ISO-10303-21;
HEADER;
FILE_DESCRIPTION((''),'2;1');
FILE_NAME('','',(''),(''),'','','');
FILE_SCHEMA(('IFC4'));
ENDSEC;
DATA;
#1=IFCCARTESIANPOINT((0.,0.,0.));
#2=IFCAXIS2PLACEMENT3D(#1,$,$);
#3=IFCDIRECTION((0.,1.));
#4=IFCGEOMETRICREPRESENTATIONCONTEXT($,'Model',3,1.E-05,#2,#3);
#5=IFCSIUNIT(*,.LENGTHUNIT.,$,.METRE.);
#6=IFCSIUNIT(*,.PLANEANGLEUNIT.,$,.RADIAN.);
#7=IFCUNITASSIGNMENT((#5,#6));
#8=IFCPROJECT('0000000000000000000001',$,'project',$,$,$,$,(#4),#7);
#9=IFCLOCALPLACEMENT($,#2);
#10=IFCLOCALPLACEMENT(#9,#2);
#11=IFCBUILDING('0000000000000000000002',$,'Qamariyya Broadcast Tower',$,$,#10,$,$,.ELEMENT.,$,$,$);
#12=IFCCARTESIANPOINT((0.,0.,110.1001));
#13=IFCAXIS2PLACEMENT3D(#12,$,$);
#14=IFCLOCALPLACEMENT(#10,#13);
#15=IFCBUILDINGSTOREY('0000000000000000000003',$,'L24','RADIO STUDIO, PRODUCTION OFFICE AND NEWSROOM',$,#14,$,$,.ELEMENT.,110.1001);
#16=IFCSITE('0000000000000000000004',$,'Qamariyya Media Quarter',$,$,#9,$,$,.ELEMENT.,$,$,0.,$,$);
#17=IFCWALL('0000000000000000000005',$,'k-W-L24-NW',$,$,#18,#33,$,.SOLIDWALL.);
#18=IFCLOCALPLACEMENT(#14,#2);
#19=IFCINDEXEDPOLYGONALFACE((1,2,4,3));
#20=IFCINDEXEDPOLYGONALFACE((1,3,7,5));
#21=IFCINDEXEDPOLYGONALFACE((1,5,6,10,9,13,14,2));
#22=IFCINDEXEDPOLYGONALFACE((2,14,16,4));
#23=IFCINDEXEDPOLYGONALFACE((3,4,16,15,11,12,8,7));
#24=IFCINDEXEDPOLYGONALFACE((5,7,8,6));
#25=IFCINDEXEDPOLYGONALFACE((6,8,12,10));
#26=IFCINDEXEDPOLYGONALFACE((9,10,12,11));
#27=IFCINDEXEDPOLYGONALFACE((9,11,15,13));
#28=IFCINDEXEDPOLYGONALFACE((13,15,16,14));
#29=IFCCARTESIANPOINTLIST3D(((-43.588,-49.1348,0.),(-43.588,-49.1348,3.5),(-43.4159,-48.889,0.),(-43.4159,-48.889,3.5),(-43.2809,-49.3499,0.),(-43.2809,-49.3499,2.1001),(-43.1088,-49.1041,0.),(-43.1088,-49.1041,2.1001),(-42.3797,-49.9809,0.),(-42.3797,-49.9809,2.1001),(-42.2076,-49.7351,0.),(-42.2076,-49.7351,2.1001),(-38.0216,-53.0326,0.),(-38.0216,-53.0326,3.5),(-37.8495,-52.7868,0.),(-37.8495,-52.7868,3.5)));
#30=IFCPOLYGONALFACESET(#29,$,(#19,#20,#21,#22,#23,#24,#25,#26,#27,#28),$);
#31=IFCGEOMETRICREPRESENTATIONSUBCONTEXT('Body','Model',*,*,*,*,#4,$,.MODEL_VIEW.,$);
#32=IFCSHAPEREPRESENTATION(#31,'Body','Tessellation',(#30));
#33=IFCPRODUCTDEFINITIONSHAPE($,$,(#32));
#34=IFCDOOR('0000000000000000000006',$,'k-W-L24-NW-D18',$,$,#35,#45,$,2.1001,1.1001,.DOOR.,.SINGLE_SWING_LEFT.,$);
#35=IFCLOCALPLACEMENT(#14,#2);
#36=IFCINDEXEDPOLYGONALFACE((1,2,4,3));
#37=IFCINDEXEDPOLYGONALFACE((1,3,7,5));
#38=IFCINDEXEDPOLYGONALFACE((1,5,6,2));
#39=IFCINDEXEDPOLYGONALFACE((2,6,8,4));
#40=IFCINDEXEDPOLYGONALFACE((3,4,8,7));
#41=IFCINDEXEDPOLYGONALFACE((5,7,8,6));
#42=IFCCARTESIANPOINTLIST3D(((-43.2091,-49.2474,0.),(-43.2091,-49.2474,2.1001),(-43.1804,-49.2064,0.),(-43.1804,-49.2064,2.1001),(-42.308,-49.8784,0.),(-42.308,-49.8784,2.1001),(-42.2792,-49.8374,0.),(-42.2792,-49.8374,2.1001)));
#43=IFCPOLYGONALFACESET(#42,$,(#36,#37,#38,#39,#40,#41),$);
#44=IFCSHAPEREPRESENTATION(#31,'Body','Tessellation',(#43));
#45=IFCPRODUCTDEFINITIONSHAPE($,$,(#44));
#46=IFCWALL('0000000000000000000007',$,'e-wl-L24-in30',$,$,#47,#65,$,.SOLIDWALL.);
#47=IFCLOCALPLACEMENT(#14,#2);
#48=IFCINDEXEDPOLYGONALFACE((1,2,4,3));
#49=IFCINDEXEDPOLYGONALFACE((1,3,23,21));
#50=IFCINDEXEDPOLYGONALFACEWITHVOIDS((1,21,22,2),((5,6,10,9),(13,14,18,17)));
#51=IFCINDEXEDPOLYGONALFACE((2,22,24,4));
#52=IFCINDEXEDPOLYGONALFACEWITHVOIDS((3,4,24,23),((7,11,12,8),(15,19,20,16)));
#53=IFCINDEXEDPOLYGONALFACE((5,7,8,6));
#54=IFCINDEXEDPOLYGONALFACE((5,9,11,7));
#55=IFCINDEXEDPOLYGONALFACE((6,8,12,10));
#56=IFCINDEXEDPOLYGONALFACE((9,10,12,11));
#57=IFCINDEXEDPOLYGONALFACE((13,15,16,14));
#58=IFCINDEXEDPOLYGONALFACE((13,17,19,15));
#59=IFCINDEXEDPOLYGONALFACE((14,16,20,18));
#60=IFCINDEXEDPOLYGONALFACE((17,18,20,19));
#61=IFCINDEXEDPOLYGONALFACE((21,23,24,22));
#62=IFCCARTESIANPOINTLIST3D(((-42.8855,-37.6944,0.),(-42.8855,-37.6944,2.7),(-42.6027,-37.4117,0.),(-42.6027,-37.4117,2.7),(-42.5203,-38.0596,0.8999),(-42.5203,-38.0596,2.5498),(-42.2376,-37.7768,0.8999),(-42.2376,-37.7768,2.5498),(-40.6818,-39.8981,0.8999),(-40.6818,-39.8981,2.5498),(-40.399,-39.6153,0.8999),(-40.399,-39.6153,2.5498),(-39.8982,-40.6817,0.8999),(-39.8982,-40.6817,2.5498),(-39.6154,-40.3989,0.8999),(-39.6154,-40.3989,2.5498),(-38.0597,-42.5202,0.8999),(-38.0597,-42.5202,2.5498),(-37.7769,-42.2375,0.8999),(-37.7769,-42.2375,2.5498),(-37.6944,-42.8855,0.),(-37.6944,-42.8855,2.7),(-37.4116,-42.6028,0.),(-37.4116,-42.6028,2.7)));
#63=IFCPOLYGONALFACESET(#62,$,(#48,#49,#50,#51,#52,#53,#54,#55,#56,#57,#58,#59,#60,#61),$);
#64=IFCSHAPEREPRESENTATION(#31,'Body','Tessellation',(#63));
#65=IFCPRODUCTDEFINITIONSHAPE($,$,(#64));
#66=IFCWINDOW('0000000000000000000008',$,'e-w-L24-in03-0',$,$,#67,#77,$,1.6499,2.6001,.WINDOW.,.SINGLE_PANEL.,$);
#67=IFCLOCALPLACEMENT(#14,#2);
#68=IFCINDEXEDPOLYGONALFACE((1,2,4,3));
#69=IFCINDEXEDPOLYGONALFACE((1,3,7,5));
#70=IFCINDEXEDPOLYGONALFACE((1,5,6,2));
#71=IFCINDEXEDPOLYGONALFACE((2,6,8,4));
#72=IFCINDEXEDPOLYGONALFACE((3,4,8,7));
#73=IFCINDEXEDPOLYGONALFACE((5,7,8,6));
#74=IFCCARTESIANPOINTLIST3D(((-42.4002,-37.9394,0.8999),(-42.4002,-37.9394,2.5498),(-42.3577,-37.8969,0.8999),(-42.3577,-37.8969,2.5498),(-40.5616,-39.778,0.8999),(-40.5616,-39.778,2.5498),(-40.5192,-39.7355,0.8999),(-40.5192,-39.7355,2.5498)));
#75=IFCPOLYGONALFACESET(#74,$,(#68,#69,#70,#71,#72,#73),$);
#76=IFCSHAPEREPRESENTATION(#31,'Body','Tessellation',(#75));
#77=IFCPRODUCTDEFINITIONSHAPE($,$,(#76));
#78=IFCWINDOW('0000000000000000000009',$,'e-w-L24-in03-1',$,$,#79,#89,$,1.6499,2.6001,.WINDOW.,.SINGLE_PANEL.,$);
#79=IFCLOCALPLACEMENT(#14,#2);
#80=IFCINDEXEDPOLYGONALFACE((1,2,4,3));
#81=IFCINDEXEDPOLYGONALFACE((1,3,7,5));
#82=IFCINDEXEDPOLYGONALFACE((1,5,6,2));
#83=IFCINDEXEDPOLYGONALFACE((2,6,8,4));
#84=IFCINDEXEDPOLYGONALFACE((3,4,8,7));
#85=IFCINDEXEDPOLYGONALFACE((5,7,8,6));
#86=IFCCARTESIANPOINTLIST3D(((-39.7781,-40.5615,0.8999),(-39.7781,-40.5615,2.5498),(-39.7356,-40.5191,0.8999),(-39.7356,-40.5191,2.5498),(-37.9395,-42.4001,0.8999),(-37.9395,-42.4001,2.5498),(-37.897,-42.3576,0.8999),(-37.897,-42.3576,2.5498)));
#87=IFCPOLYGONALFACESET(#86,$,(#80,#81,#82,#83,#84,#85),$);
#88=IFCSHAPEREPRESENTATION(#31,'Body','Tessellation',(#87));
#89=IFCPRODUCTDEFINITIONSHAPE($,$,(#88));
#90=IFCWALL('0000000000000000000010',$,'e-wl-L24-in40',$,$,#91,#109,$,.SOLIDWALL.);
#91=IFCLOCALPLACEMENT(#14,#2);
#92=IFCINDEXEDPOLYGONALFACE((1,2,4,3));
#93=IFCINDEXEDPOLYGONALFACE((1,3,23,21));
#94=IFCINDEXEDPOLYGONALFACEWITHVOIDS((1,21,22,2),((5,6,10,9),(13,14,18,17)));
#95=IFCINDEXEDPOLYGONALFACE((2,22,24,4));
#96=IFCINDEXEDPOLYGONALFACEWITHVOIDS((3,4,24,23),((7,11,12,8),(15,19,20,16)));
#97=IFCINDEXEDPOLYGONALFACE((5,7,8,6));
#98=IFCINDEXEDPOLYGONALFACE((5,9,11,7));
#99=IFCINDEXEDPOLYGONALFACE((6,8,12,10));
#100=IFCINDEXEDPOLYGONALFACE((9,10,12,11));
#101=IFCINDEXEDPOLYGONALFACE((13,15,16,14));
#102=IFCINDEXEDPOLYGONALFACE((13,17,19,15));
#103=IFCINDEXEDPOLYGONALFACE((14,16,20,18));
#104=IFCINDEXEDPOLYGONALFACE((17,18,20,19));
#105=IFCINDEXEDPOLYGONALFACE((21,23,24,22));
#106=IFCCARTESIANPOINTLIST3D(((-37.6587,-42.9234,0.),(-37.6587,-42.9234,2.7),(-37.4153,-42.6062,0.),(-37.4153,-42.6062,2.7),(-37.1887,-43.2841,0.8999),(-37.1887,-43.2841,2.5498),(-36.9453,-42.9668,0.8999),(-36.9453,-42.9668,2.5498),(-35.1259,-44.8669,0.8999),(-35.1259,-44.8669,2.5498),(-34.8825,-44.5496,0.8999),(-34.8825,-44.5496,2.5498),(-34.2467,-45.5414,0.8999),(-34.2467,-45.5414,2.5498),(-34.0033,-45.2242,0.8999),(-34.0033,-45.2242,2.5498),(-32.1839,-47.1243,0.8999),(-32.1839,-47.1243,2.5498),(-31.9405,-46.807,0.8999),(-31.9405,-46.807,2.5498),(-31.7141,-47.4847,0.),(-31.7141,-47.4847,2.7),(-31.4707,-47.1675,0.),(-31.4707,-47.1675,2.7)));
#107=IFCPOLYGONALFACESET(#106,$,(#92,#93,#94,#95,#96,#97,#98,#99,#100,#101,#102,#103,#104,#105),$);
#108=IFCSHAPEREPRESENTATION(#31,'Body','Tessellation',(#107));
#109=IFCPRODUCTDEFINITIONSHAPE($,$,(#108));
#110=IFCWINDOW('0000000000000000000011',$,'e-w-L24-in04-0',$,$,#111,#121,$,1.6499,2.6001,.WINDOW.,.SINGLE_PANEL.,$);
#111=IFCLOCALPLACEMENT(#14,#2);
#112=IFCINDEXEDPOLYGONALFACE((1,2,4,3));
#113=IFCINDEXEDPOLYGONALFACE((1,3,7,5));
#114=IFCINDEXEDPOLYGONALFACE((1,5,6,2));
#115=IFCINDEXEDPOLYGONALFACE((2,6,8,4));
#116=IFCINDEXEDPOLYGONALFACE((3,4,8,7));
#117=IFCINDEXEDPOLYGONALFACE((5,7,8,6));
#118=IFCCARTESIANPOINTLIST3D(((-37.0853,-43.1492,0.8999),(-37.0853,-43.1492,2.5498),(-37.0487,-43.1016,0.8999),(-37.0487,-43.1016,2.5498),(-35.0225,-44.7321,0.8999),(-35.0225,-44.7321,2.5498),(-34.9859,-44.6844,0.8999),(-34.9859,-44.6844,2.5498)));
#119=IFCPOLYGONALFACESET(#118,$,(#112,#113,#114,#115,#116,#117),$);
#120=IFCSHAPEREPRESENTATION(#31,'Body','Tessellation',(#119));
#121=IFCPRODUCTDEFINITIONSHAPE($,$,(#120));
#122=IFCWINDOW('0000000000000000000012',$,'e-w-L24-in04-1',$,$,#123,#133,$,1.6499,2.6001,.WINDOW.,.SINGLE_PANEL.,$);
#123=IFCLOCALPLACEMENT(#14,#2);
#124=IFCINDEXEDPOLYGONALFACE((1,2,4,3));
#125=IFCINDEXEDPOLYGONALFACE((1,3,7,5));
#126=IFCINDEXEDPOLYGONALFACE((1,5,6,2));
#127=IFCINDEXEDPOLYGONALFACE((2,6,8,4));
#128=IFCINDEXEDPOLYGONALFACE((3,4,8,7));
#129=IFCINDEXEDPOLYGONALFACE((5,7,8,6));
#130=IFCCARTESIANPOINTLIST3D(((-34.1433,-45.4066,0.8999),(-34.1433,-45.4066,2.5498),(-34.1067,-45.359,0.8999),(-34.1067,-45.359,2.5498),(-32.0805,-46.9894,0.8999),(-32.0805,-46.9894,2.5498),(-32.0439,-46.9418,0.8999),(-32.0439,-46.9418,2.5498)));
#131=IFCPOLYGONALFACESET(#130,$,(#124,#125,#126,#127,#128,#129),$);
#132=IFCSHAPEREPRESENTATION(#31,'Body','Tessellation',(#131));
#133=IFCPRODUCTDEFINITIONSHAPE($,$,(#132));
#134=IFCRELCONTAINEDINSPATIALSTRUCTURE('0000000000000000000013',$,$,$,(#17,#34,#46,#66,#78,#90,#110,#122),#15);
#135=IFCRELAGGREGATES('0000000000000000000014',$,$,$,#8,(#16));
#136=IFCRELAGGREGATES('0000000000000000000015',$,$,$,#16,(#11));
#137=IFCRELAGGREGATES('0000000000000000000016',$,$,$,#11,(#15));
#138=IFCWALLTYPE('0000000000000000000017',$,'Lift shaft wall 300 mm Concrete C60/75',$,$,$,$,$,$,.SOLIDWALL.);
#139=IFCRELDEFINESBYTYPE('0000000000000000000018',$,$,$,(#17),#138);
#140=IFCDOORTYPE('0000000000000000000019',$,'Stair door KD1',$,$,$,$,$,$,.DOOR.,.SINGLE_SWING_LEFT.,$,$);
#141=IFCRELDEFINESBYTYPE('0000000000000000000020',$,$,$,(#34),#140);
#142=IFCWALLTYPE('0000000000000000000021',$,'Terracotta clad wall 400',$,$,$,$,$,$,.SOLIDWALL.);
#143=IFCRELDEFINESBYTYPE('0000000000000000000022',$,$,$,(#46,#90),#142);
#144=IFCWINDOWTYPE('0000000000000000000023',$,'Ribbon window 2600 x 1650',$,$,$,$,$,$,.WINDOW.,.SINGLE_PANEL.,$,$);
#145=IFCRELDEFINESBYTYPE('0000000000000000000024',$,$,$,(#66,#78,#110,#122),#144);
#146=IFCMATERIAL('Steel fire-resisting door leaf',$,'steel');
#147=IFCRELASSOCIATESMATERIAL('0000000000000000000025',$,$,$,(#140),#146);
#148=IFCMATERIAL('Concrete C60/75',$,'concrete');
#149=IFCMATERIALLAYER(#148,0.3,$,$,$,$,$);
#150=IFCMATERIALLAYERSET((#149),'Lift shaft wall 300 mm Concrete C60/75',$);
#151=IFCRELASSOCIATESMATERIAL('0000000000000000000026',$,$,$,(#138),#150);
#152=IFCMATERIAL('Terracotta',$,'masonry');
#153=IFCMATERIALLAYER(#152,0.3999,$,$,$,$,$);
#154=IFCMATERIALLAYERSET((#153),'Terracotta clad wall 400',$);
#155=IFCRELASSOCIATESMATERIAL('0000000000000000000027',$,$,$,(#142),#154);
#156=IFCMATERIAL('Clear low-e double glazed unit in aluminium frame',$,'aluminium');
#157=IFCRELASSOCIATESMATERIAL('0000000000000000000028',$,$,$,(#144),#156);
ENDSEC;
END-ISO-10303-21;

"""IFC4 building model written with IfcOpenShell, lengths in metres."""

from ifc_helpers import new_model, si_unit, direction, frame, frame_2d, origin, place, context, subcontext, project, spatial, rectangle, extrude, material, layer, layer_set, type_object, element, fill, save


model = new_model("IFC4")

# Units and contexts
model_context = context("Model", 3, precision=1e-05, world=origin(), true_north=direction((0.0, 1.0)))
body_context = subcontext(model_context, "Body", "Model", "MODEL_VIEW")
ifc_project = project(units=[si_unit("LENGTHUNIT", "METRE"), si_unit("PLANEANGLEUNIT", "RADIAN")], contexts=[model_context])

# Site, building, storey
site_placement = place(None, origin())
site = spatial("IfcSite", under=ifc_project, at=site_placement, Name="Qamariyya Media Quarter", CompositionType="ELEMENT", RefElevation=0.0)
building_placement = place(site_placement, origin())
building = spatial("IfcBuilding", under=site, at=building_placement, Name="Qamariyya Broadcast Tower", CompositionType="ELEMENT")
storey_placement = place(building_placement, frame((0.0, 0.0, 110.1001)))
storey = spatial("IfcBuildingStorey", under=building, at=storey_placement, Name="L24", Description="RADIO STUDIO, PRODUCTION OFFICE AND NEWSROOM", CompositionType="ELEMENT", Elevation=110.1001)

# Shared definitions
ifc_material_1 = material(Name="Steel fire-resisting door leaf", Category="steel")
door_type_1 = type_object("IfcDoorType", Name="Stair door KD1", OperationType="SINGLE_SWING_LEFT", PredefinedType="DOOR", material=ifc_material_1)

# Wall, opening, door
ifc_material_2 = material(Name="Concrete C60/75", Category="concrete")
ifc_layer_1 = layer(ifc_material_2, 0.3)
ifc_layer_set_1 = layer_set([ifc_layer_1], Name="Lift shaft wall 300 mm Concrete C60/75")
wall_type_1 = type_object("IfcWallType", Name="Lift shaft wall 300 mm Concrete C60/75", PredefinedType="SOLIDWALL", material=ifc_layer_set_1)
wall_1_placement = place(storey_placement, frame((-37.9355, -52.9097, 0.0), z_axis=(0.0, 0.0, 1.0), x_axis=(-0.819148, 0.573583, 0.0)))
wall_1 = element("IfcWall", 1, at=wall_1_placement, inside=storey, type_object=wall_type_1, Name="k-W-L24-NW", PredefinedType="SOLIDWALL", context=body_context, shape_type="SweptSolid", body=[
    extrude(rectangle(XDim=6.7954, YDim=0.3, at=frame_2d((3.3977, 0.0))), origin(), (0.0, 0.0, 1.0), 3.5),
])
opening_1_placement = place(wall_1_placement, frame((5.3203, 0.0, 0.0)))
opening_1 = element("IfcOpeningElement", 2, at=opening_1_placement, cuts=wall_1, PredefinedType="OPENING", context=body_context, shape_type="SweptSolid", body=[
    extrude(rectangle(XDim=1.1001, YDim=2.1001, at=frame_2d((0.55, 1.05))), frame((0.0, 0.1599, 0.0), z_axis=(0.0, -1.0, 0.0), x_axis=(1.0, 0.0, 0.0)), (0.0, 0.0, 1.0), 0.3201),
])
door_1_placement = place(opening_1_placement, origin())
door_1 = element("IfcDoor", 3, at=door_1_placement, inside=storey, type_object=door_type_1, Name="k-W-L24-NW-D18", OperationType="SINGLE_SWING_LEFT", OverallHeight=2.1001, OverallWidth=1.1001, PredefinedType="DOOR", context=body_context, shape_type="SweptSolid", body=[
    extrude(rectangle(XDim=1.1001, YDim=2.1001, at=frame_2d((0.55, 1.05))), frame((0.0, 0.0249, 0.0), z_axis=(0.0, -1.0, 0.0), x_axis=(1.0, 0.0, 0.0)), (0.0, 0.0, 1.0), 0.05),
])
fill(opening_1, door_1)

# Walls, openings, windows
ifc_material_3 = material(Name="Terracotta", Category="masonry")
ifc_layer_2 = layer(ifc_material_3, 0.3999)
ifc_layer_set_2 = layer_set([ifc_layer_2], Name="Terracotta clad wall 400")
wall_type_2 = type_object("IfcWallType", Name="Terracotta clad wall 400", PredefinedType="SOLIDWALL", material=ifc_layer_set_2)
wall_2_placement = place(storey_placement, frame((-37.553, -42.7441, 0.0), z_axis=(0.0, 0.0, 1.0), x_axis=(-0.707107, 0.707107, 0.0)))
wall_2 = element("IfcWall", 4, at=wall_2_placement, inside=storey, type_object=wall_type_2, Name="e-wl-L24-in30", PredefinedType="SOLIDWALL", context=body_context, shape_type="SweptSolid", body=[
    extrude(rectangle(XDim=7.3413, YDim=0.3999, at=frame_2d((3.6707, 0.0))), origin(), (0.0, 0.0, 1.0), 2.7),
])
opening_2_placement = place(wall_2_placement, frame((4.2249, 0.0, 0.8999)))
opening_2 = element("IfcOpeningElement", 5, at=opening_2_placement, cuts=wall_2, PredefinedType="OPENING", context=body_context, shape_type="SweptSolid", body=[
    extrude(rectangle(XDim=2.6001, YDim=1.6499, at=frame_2d((1.3, 0.825))), frame((0.0, 0.21, 0.0), z_axis=(0.0, -1.0, 0.0), x_axis=(1.0, 0.0, 0.0)), (0.0, 0.0, 1.0), 0.4199),
])
opening_3_placement = place(wall_2_placement, frame((0.5166, 0.0, 0.8999)))
opening_3 = element("IfcOpeningElement", 6, at=opening_3_placement, cuts=wall_2, PredefinedType="OPENING", context=body_context, shape_type="SweptSolid", body=[
    extrude(rectangle(XDim=2.6001, YDim=1.6499, at=frame_2d((1.3, 0.825))), frame((0.0, 0.21, 0.0), z_axis=(0.0, -1.0, 0.0), x_axis=(1.0, 0.0, 0.0)), (0.0, 0.0, 1.0), 0.4199),
])
ifc_material_4 = material(Name="Clear low-e double glazed unit in aluminium frame", Category="aluminium")
window_type = type_object("IfcWindowType", Name="Ribbon window 2600 x 1650", PartitioningType="SINGLE_PANEL", PredefinedType="WINDOW", material=ifc_material_4)
window_1_placement = place(opening_2_placement, origin())
window_1 = element("IfcWindow", 7, at=window_1_placement, inside=storey, type_object=window_type, Name="e-w-L24-in03-0", OverallHeight=1.6499, OverallWidth=2.6001, PartitioningType="SINGLE_PANEL", PredefinedType="WINDOW", context=body_context, shape_type="SweptSolid", body=[
    extrude(rectangle(XDim=2.6001, YDim=1.6499, at=frame_2d((1.3, 0.825))), frame((0.0, 0.03, 0.0), z_axis=(0.0, -1.0, 0.0), x_axis=(1.0, 0.0, 0.0)), (0.0, 0.0, 1.0), 0.0601),
])
fill(opening_2, window_1)
window_2_placement = place(opening_3_placement, origin())
window_2 = element("IfcWindow", 8, at=window_2_placement, inside=storey, type_object=window_type, Name="e-w-L24-in03-1", OverallHeight=1.6499, OverallWidth=2.6001, PartitioningType="SINGLE_PANEL", PredefinedType="WINDOW", context=body_context, shape_type="SweptSolid", body=[
    extrude(rectangle(XDim=2.6001, YDim=1.6499, at=frame_2d((1.3, 0.825))), frame((0.0, 0.03, 0.0), z_axis=(0.0, -1.0, 0.0), x_axis=(1.0, 0.0, 0.0)), (0.0, 0.0, 1.0), 0.0601),
])
fill(opening_3, window_2)
wall_3_placement = place(storey_placement, frame((-31.5923, -47.3262, 0.0), z_axis=(0.0, 0.0, 1.0), x_axis=(-0.793363, 0.608748, 0.0)))
wall_3 = element("IfcWall", 9, at=wall_3_placement, inside=storey, type_object=wall_type_2, Name="e-wl-L24-in40", PredefinedType="SOLIDWALL", context=body_context, shape_type="SweptSolid", body=[
    extrude(rectangle(XDim=7.4929, YDim=0.3999, at=frame_2d((3.7466, 0.0))), origin(), (0.0, 0.0, 1.0), 2.7),
])
opening_4_placement = place(wall_3_placement, frame((4.3005, 0.0, 0.8999)))
opening_4 = element("IfcOpeningElement", 10, at=opening_4_placement, cuts=wall_3, PredefinedType="OPENING", context=body_context, shape_type="SweptSolid", body=[
    extrude(rectangle(XDim=2.6001, YDim=1.6499, at=frame_2d((1.3, 0.825))), frame((0.0, 0.21, 0.0), z_axis=(0.0, -1.0, 0.0), x_axis=(1.0, 0.0, 0.0)), (0.0, 0.0, 1.0), 0.4199),
])
opening_5_placement = place(wall_3_placement, frame((0.5923, 0.0, 0.8999)))
opening_5 = element("IfcOpeningElement", 11, at=opening_5_placement, cuts=wall_3, PredefinedType="OPENING", context=body_context, shape_type="SweptSolid", body=[
    extrude(rectangle(XDim=2.6001, YDim=1.6499, at=frame_2d((1.3, 0.825))), frame((0.0, 0.21, 0.0), z_axis=(0.0, -1.0, 0.0), x_axis=(1.0, 0.0, 0.0)), (0.0, 0.0, 1.0), 0.4199),
])
window_3_placement = place(opening_4_placement, origin())
window_3 = element("IfcWindow", 12, at=window_3_placement, inside=storey, type_object=window_type, Name="e-w-L24-in04-0", OverallHeight=1.6499, OverallWidth=2.6001, PartitioningType="SINGLE_PANEL", PredefinedType="WINDOW", context=body_context, shape_type="SweptSolid", body=[
    extrude(rectangle(XDim=2.6001, YDim=1.6499, at=frame_2d((1.3, 0.825))), frame((0.0, 0.03, 0.0), z_axis=(0.0, -1.0, 0.0), x_axis=(1.0, 0.0, 0.0)), (0.0, 0.0, 1.0), 0.0601),
])
fill(opening_4, window_3)
window_4_placement = place(opening_5_placement, origin())
window_4 = element("IfcWindow", 13, at=window_4_placement, inside=storey, type_object=window_type, Name="e-w-L24-in04-1", OverallHeight=1.6499, OverallWidth=2.6001, PartitioningType="SINGLE_PANEL", PredefinedType="WINDOW", context=body_context, shape_type="SweptSolid", body=[
    extrude(rectangle(XDim=2.6001, YDim=1.6499, at=frame_2d((1.3, 0.825))), frame((0.0, 0.03, 0.0), z_axis=(0.0, -1.0, 0.0), x_axis=(1.0, 0.0, 0.0)), (0.0, 0.0, 1.0), 0.0601),
])
fill(opening_5, window_4)

save(model, "model.ifc")
